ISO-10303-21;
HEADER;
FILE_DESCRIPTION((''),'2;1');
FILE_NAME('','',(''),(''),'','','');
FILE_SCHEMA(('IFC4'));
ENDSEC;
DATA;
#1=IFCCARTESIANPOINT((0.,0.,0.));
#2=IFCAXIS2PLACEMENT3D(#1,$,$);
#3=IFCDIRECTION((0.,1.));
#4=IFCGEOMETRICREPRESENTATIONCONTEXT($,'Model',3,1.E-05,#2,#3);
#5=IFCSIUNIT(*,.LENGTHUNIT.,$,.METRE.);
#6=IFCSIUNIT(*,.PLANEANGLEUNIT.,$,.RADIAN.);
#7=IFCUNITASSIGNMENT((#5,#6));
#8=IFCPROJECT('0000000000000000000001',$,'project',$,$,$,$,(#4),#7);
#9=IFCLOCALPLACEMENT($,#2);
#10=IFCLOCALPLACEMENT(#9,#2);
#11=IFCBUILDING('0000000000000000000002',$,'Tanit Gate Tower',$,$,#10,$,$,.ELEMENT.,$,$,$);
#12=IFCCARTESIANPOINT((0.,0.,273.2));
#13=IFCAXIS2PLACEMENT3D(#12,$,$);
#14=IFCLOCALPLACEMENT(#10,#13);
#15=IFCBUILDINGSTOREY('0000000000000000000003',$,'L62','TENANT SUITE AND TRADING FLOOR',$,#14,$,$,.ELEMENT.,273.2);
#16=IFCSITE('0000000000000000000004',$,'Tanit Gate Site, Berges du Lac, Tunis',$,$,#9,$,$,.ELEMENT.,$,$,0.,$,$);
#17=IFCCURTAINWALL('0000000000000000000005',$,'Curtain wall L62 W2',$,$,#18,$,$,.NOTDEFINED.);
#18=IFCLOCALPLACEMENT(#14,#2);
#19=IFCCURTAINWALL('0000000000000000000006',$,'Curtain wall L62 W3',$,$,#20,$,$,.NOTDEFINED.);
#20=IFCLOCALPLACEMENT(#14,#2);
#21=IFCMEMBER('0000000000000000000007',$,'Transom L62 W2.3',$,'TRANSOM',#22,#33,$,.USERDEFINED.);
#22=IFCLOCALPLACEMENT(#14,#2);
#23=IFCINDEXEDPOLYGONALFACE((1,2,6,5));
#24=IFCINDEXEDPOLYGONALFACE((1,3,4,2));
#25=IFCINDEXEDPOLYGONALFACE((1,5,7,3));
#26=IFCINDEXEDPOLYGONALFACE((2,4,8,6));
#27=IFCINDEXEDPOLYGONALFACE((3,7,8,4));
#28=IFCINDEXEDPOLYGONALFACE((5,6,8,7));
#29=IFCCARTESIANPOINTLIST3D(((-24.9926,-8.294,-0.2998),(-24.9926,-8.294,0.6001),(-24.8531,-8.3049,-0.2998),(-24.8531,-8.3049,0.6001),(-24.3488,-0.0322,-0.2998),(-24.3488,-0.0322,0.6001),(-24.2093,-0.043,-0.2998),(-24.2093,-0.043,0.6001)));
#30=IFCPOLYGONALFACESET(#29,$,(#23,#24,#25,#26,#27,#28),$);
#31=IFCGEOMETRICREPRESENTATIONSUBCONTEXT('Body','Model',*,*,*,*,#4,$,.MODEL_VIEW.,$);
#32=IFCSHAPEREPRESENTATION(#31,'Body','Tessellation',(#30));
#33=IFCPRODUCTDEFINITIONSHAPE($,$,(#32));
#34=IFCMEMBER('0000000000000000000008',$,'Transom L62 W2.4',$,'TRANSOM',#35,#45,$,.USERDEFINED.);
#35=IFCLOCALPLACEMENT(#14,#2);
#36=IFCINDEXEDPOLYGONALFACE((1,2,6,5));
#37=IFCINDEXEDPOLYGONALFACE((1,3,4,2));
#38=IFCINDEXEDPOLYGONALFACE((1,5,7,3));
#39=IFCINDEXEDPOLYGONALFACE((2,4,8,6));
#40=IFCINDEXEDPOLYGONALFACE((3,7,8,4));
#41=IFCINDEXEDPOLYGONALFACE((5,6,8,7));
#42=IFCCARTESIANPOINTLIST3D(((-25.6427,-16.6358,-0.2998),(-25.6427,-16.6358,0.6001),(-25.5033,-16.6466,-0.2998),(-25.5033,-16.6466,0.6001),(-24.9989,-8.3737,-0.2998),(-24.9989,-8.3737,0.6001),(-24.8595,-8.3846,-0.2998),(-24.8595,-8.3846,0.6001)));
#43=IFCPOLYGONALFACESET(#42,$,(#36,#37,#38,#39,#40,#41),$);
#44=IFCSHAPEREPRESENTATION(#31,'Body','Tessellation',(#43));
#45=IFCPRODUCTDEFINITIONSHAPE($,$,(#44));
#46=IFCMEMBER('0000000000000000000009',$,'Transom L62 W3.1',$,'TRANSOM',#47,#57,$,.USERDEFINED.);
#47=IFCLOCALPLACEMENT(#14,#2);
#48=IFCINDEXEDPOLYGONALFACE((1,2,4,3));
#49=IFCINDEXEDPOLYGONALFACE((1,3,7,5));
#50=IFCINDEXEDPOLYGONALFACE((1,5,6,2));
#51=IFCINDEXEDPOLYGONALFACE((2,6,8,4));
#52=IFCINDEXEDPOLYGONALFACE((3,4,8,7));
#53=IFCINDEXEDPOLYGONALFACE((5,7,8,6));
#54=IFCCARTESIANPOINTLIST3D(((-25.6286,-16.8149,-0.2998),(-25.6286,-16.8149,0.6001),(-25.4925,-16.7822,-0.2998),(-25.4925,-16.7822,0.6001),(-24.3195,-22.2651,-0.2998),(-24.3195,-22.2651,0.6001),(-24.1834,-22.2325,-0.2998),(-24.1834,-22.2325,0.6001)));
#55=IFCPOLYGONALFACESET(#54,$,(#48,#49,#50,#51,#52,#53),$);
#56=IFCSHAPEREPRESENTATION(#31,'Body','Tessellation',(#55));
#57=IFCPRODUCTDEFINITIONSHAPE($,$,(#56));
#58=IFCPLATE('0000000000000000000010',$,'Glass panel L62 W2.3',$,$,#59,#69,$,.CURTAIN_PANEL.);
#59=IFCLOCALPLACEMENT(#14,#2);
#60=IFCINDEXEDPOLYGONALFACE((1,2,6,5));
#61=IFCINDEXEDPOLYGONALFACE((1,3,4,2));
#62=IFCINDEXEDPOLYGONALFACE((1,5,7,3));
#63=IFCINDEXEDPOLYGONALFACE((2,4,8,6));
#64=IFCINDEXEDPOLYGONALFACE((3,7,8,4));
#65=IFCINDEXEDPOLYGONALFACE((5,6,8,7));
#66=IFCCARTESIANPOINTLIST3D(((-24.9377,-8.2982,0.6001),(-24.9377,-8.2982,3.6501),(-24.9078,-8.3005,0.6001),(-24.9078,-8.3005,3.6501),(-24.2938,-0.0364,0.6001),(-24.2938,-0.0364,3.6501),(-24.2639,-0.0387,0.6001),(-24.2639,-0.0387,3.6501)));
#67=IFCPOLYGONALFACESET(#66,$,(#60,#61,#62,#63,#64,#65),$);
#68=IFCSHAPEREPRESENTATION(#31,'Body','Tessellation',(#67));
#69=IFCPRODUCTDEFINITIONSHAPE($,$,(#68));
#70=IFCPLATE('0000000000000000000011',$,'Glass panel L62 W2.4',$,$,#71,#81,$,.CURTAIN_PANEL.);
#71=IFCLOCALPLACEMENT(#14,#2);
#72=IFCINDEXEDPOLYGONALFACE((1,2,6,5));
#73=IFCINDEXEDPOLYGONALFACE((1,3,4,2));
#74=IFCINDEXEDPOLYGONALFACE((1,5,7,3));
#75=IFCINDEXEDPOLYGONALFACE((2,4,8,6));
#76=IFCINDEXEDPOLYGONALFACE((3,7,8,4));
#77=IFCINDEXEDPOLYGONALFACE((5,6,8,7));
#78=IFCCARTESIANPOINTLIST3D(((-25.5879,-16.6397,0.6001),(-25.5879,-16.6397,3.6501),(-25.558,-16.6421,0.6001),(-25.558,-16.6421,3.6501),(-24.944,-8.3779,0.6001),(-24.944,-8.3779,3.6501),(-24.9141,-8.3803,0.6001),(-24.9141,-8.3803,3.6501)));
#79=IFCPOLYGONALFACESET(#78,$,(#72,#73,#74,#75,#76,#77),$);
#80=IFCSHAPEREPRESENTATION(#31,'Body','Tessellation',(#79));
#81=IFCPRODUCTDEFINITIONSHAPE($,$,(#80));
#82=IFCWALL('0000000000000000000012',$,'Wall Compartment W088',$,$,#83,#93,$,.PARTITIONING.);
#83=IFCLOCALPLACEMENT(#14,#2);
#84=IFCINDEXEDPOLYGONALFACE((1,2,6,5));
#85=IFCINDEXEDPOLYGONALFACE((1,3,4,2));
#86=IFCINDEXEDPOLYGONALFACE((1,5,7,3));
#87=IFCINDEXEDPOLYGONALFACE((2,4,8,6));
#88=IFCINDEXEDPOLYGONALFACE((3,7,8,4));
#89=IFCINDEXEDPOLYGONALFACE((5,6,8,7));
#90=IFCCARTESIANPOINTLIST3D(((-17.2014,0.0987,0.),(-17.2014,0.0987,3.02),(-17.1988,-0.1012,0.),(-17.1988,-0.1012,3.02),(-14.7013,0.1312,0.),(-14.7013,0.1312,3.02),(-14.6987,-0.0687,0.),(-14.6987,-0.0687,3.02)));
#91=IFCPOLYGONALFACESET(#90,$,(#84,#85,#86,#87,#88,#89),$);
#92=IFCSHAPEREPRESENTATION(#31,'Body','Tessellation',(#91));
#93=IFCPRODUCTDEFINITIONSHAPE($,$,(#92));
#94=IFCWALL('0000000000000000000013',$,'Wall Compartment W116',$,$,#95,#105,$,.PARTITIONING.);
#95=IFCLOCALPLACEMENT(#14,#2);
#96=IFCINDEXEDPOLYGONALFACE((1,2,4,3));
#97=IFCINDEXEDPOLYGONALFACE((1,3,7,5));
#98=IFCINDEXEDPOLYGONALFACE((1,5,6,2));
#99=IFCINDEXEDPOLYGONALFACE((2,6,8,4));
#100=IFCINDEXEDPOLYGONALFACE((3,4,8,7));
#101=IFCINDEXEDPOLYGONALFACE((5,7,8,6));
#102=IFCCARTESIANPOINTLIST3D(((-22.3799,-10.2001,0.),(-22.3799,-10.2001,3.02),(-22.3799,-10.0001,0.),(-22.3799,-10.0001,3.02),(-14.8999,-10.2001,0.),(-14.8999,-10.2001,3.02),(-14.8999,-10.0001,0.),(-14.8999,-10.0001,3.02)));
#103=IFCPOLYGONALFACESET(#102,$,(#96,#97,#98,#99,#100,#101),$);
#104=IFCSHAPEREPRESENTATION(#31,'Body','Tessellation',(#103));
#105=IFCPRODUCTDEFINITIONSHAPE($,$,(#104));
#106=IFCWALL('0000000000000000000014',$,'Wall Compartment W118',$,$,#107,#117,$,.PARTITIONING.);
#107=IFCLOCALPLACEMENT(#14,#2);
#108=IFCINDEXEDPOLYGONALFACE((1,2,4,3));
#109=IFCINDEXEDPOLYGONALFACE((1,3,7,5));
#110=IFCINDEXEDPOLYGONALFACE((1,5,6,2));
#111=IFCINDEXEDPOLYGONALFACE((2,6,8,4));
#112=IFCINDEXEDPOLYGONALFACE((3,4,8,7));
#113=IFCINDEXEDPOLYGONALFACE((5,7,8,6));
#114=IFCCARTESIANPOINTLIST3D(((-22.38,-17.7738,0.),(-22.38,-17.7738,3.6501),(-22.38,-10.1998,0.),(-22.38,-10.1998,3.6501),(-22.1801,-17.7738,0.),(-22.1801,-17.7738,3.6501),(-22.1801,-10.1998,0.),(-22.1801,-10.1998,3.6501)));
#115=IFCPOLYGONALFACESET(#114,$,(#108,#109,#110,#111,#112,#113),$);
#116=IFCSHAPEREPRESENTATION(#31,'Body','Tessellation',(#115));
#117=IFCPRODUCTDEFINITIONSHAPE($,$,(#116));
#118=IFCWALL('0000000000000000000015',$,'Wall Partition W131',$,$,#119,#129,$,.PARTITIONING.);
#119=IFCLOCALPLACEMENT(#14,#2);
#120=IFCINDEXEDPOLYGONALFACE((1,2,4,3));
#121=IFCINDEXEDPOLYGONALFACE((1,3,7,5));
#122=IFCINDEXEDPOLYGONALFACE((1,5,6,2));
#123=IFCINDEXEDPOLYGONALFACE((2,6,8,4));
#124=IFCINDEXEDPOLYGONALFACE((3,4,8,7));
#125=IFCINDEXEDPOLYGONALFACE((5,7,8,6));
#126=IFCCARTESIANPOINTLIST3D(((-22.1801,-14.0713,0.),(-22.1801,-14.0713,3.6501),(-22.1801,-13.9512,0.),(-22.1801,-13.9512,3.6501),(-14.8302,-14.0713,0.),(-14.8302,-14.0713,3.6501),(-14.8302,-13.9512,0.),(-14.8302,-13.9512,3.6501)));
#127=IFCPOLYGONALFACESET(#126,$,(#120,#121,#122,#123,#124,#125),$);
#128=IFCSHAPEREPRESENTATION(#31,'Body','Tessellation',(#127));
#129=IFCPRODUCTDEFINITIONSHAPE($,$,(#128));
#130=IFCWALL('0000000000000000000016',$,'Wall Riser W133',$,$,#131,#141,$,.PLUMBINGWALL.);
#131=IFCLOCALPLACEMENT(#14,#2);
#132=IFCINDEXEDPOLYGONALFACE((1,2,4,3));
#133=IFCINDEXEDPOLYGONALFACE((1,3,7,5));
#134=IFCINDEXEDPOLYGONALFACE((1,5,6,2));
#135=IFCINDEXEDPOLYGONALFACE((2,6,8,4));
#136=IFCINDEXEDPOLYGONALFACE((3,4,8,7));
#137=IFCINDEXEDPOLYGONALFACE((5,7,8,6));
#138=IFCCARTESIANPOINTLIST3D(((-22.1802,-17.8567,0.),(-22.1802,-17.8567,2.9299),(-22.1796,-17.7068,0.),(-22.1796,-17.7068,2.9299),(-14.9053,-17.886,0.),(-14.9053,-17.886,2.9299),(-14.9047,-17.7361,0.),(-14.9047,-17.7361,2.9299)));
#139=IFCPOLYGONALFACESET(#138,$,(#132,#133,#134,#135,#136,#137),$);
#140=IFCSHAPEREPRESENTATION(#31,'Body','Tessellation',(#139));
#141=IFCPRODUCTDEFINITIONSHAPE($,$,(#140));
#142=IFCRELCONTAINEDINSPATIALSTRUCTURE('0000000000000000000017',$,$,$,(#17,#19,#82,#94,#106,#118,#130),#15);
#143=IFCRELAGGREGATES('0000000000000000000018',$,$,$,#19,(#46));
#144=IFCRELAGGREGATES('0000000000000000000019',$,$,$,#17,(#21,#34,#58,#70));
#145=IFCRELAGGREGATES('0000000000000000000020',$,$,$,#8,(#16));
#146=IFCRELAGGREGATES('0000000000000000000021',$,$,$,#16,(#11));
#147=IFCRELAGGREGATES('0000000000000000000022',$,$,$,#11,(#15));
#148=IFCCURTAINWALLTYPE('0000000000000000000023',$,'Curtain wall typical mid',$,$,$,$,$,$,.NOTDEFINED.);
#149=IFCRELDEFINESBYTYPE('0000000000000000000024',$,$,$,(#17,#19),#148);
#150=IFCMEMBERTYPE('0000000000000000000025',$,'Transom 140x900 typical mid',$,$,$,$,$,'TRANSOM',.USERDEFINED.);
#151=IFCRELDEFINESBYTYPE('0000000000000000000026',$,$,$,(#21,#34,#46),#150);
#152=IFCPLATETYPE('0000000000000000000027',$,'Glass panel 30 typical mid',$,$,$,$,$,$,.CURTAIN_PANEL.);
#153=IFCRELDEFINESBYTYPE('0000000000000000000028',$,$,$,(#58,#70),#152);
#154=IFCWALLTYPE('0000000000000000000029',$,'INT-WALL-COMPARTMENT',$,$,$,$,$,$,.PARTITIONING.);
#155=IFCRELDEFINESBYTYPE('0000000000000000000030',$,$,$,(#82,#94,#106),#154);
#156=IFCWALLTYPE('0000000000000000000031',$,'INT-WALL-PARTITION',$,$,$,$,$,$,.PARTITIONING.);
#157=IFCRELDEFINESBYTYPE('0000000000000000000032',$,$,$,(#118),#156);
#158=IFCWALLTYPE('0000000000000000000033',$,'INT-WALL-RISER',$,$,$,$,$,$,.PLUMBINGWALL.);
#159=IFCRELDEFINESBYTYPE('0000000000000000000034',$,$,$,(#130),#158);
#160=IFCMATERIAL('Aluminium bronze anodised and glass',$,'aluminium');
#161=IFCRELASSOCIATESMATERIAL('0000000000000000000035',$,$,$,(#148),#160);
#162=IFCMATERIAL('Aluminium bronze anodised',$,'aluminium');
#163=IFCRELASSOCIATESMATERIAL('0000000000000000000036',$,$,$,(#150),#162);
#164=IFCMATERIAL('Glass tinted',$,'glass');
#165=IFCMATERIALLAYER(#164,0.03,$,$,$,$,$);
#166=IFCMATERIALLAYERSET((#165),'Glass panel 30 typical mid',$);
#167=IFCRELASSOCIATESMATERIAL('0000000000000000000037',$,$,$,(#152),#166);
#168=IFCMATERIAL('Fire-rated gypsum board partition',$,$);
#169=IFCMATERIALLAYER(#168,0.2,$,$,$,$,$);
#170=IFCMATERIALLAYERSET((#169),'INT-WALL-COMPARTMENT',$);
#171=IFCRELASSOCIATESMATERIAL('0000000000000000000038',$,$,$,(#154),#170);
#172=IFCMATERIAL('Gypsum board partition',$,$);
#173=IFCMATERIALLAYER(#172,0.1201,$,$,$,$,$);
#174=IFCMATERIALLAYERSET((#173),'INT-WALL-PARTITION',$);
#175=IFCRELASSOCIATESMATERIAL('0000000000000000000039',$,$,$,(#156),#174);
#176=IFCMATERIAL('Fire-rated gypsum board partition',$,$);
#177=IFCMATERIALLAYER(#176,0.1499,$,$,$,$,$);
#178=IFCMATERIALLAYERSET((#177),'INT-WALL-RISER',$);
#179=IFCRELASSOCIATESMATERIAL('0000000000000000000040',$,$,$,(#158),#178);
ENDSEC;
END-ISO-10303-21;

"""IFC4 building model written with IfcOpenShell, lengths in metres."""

from ifc_helpers import new_model, si_unit, direction, frame, frame_2d, origin, origin_2d, place, context, subcontext, project, spatial, rectangle, extrude, material, layer, layer_set, material_profile, profile_set, type_object, element, aggregate, save


model = new_model("IFC4")

# Units and contexts
model_context = context("Model", 3, precision=1e-05, world=origin(), true_north=direction((0.0, 1.0)))
body_context = subcontext(model_context, "Body", "Model", "MODEL_VIEW")
ifc_project = project(units=[si_unit("LENGTHUNIT", "METRE"), si_unit("PLANEANGLEUNIT", "RADIAN")], contexts=[model_context])

# Site, building, storey
site_placement = place(None, origin())
site = spatial("IfcSite", under=ifc_project, at=site_placement, Name="Tanit Gate Site, Berges du Lac, Tunis", CompositionType="ELEMENT", RefElevation=0.0)
building_placement = place(site_placement, origin())
building = spatial("IfcBuilding", under=site, at=building_placement, Name="Tanit Gate Tower", CompositionType="ELEMENT")
storey_placement = place(building_placement, frame((0.0, 0.0, 273.2)))
storey = spatial("IfcBuildingStorey", under=building, at=storey_placement, Name="L62", Description="TENANT SUITE AND TRADING FLOOR", CompositionType="ELEMENT", Elevation=273.2)

# Curtain wall
ifc_material_1 = material(Name="Aluminium bronze anodised and glass", Category="aluminium")
curtain_wall_type = type_object("IfcCurtainWallType", Name="Curtain wall typical mid", PredefinedType="NOTDEFINED", material=ifc_material_1)
curtain_wall_1_placement = place(storey_placement, origin())
curtain_wall_1 = element("IfcCurtainWall", 1, at=curtain_wall_1_placement, inside=storey, type_object=curtain_wall_type, Name="Curtain wall L62 W2", PredefinedType="NOTDEFINED")

# Curtain wall
curtain_wall_2_placement = place(storey_placement, origin())
curtain_wall_2 = element("IfcCurtainWall", 2, at=curtain_wall_2_placement, inside=storey, type_object=curtain_wall_type, Name="Curtain wall L62 W3", PredefinedType="NOTDEFINED")

# Members
ifc_material_2 = material(Name="Aluminium bronze anodised", Category="aluminium")
ifc_material_profile_1 = material_profile(ifc_material_2, rectangle(XDim=0.1399, YDim=0.8999, at=origin_2d()), Name="140x900 bronze transom")
ifc_profile_set_1 = profile_set([ifc_material_profile_1], Name="Aluminium bronze anodised")
member_type_1 = type_object("IfcMemberType", Name="Transom 140x900 typical mid", ElementType="TRANSOM", PredefinedType="USERDEFINED", material=ifc_profile_set_1)
member_1_placement = place(storey_placement, frame((-24.2791, -0.0376, 0.1501), z_axis=(-0.07769, -0.996978, 0.0), x_axis=(0.996978, -0.07769, 0.0)))
member_1 = element("IfcMember", 3, at=member_1_placement, type_object=member_type_1, Name="Transom L62 W2.3", ObjectType="TRANSOM", PredefinedType="USERDEFINED", context=body_context, shape_type="SweptSolid", body=[
    extrude(rectangle(XDim=0.1399, YDim=0.8999, at=origin_2d()), origin(), (0.0, 0.0, 1.0), 8.2869),
])
member_2_placement = place(storey_placement, frame((-24.9292, -8.3792, 0.1501), z_axis=(-0.077688, -0.996978, 0.0), x_axis=(0.996978, -0.077688, 0.0)))
member_2 = element("IfcMember", 4, at=member_2_placement, type_object=member_type_1, Name="Transom L62 W2.4", ObjectType="TRANSOM", PredefinedType="USERDEFINED", context=body_context, shape_type="SweptSolid", body=[
    extrude(rectangle(XDim=0.1399, YDim=0.8999, at=origin_2d()), origin(), (0.0, 0.0, 1.0), 8.2871),
])
member_3_placement = place(storey_placement, frame((-25.5605, -16.7986, 0.1501), z_axis=(0.233548, -0.972345, 0.0), x_axis=(0.972345, 0.233548, 0.0)))
member_3 = element("IfcMember", 5, at=member_3_placement, type_object=member_type_1, Name="Transom L62 W3.1", ObjectType="TRANSOM", PredefinedType="USERDEFINED", context=body_context, shape_type="SweptSolid", body=[
    extrude(rectangle(XDim=0.1399, YDim=0.8999, at=origin_2d()), origin(), (0.0, 0.0, 1.0), 5.6052),
])
aggregate(curtain_wall_2, [member_3])

# Plates
ifc_material_3 = material(Name="Glass tinted", Category="glass")
ifc_layer_1 = layer(ifc_material_3, 0.03)
ifc_layer_set_1 = layer_set([ifc_layer_1], Name="Glass panel 30 typical mid")
plate_type = type_object("IfcPlateType", Name="Glass panel 30 typical mid", PredefinedType="CURTAIN_PANEL", material=ifc_layer_set_1)
plate_1_placement = place(storey_placement, frame((-24.6008, -4.1685, 0.6001), z_axis=(0.0, 0.0, 1.0), x_axis=(-0.077701, -0.996977, 0.0)))
plate_1 = element("IfcPlate", 6, at=plate_1_placement, type_object=plate_type, Name="Glass panel L62 W2.3", PredefinedType="CURTAIN_PANEL", context=body_context, shape_type="SweptSolid", body=[
    extrude(rectangle(XDim=8.2869, YDim=0.03, at=origin_2d()), origin(), (0.0, 0.0, 1.0), 3.05),
])
plate_2_placement = place(storey_placement, frame((-25.251, -12.51, 0.6001), z_axis=(0.0, 0.0, 1.0), x_axis=(-0.077701, -0.996977, 0.0)))
plate_2 = element("IfcPlate", 7, at=plate_2_placement, type_object=plate_type, Name="Glass panel L62 W2.4", PredefinedType="CURTAIN_PANEL", context=body_context, shape_type="SweptSolid", body=[
    extrude(rectangle(XDim=8.2869, YDim=0.03, at=origin_2d()), origin(), (0.0, 0.0, 1.0), 3.05),
])
aggregate(curtain_wall_1, [member_1, member_2, plate_1, plate_2])

# Walls
ifc_material_4 = material(Name="Fire-rated gypsum board partition")
ifc_layer_2 = layer(ifc_material_4, 0.2)
ifc_layer_set_2 = layer_set([ifc_layer_2], Name="INT-WALL-COMPARTMENT")
wall_type_1 = type_object("IfcWallType", Name="INT-WALL-COMPARTMENT", PredefinedType="PARTITIONING", material=ifc_layer_set_2)
wall_1_placement = place(storey_placement, frame((-17.2, -0.0012, 0.0), z_axis=(0.0, 0.0, 1.0), x_axis=(0.999916, 0.012987, 0.0)))
element("IfcWall", 8, at=wall_1_placement, inside=storey, type_object=wall_type_1, Name="Wall Compartment W088", PredefinedType="PARTITIONING", context=body_context, shape_type="SweptSolid", body=[
    extrude(rectangle(XDim=2.5002, YDim=0.2, at=frame_2d((1.25, 0.0))), origin(), (0.0, 0.0, 1.0), 3.02),
])
wall_2_placement = place(storey_placement, frame((-14.8999, -10.1001, 0.0), z_axis=(0.0, 0.0, 1.0), x_axis=(-1.0, 0.0, 0.0)))
element("IfcWall", 9, at=wall_2_placement, inside=storey, type_object=wall_type_1, Name="Wall Compartment W116", PredefinedType="PARTITIONING", context=body_context, shape_type="SweptSolid", body=[
    extrude(rectangle(XDim=7.48, YDim=0.2, at=frame_2d((3.74, 0.0))), origin(), (0.0, 0.0, 1.0), 3.02),
])
wall_3_placement = place(storey_placement, frame((-22.28, -17.7739, 0.0), z_axis=(0.0, 0.0, 1.0), x_axis=(0.0, 1.0, 0.0)))
element("IfcWall", 10, at=wall_3_placement, inside=storey, type_object=wall_type_1, Name="Wall Compartment W118", PredefinedType="PARTITIONING", context=body_context, shape_type="SweptSolid", body=[
    extrude(rectangle(XDim=7.574, YDim=0.2, at=frame_2d((3.7871, 0.0))), origin(), (0.0, 0.0, 1.0), 3.6501),
])
ifc_material_5 = material(Name="Gypsum board partition")
ifc_layer_3 = layer(ifc_material_5, 0.1201)
ifc_layer_set_3 = layer_set([ifc_layer_3], Name="INT-WALL-PARTITION")
wall_type_2 = type_object("IfcWallType", Name="INT-WALL-PARTITION", PredefinedType="PARTITIONING", material=ifc_layer_set_3)
wall_4_placement = place(storey_placement, frame((-22.1799, -14.0112, 0.0), z_axis=(0.0, 0.0, 1.0), x_axis=(1.0, 0.0, 0.0)))
element("IfcWall", 11, at=wall_4_placement, inside=storey, type_object=wall_type_2, Name="Wall Partition W131", PredefinedType="PARTITIONING", context=body_context, shape_type="SweptSolid", body=[
    extrude(rectangle(XDim=7.3499, YDim=0.1201, at=frame_2d((3.6748, 0.0))), origin(), (0.0, 0.0, 1.0), 3.6501),
])
ifc_material_6 = material(Name="Fire-rated gypsum board partition")
ifc_layer_4 = layer(ifc_material_6, 0.1499)
ifc_layer_set_4 = layer_set([ifc_layer_4], Name="INT-WALL-RISER")
wall_type_3 = type_object("IfcWallType", Name="INT-WALL-RISER", PredefinedType="PLUMBINGWALL", material=ifc_layer_set_4)
wall_5_placement = place(storey_placement, frame((-14.905, -17.811, 0.0), z_axis=(0.0, 0.0, 1.0), x_axis=(-0.999992, 0.004027, 0.0)))
element("IfcWall", 12, at=wall_5_placement, inside=storey, type_object=wall_type_3, Name="Wall Riser W133", PredefinedType="PLUMBINGWALL", context=body_context, shape_type="SweptSolid", body=[
    extrude(rectangle(XDim=7.2749, YDim=0.1499, at=frame_2d((3.6375, 0.0))), origin(), (0.0, 0.0, 1.0), 2.9299),
])

save(model, "model.ifc")
